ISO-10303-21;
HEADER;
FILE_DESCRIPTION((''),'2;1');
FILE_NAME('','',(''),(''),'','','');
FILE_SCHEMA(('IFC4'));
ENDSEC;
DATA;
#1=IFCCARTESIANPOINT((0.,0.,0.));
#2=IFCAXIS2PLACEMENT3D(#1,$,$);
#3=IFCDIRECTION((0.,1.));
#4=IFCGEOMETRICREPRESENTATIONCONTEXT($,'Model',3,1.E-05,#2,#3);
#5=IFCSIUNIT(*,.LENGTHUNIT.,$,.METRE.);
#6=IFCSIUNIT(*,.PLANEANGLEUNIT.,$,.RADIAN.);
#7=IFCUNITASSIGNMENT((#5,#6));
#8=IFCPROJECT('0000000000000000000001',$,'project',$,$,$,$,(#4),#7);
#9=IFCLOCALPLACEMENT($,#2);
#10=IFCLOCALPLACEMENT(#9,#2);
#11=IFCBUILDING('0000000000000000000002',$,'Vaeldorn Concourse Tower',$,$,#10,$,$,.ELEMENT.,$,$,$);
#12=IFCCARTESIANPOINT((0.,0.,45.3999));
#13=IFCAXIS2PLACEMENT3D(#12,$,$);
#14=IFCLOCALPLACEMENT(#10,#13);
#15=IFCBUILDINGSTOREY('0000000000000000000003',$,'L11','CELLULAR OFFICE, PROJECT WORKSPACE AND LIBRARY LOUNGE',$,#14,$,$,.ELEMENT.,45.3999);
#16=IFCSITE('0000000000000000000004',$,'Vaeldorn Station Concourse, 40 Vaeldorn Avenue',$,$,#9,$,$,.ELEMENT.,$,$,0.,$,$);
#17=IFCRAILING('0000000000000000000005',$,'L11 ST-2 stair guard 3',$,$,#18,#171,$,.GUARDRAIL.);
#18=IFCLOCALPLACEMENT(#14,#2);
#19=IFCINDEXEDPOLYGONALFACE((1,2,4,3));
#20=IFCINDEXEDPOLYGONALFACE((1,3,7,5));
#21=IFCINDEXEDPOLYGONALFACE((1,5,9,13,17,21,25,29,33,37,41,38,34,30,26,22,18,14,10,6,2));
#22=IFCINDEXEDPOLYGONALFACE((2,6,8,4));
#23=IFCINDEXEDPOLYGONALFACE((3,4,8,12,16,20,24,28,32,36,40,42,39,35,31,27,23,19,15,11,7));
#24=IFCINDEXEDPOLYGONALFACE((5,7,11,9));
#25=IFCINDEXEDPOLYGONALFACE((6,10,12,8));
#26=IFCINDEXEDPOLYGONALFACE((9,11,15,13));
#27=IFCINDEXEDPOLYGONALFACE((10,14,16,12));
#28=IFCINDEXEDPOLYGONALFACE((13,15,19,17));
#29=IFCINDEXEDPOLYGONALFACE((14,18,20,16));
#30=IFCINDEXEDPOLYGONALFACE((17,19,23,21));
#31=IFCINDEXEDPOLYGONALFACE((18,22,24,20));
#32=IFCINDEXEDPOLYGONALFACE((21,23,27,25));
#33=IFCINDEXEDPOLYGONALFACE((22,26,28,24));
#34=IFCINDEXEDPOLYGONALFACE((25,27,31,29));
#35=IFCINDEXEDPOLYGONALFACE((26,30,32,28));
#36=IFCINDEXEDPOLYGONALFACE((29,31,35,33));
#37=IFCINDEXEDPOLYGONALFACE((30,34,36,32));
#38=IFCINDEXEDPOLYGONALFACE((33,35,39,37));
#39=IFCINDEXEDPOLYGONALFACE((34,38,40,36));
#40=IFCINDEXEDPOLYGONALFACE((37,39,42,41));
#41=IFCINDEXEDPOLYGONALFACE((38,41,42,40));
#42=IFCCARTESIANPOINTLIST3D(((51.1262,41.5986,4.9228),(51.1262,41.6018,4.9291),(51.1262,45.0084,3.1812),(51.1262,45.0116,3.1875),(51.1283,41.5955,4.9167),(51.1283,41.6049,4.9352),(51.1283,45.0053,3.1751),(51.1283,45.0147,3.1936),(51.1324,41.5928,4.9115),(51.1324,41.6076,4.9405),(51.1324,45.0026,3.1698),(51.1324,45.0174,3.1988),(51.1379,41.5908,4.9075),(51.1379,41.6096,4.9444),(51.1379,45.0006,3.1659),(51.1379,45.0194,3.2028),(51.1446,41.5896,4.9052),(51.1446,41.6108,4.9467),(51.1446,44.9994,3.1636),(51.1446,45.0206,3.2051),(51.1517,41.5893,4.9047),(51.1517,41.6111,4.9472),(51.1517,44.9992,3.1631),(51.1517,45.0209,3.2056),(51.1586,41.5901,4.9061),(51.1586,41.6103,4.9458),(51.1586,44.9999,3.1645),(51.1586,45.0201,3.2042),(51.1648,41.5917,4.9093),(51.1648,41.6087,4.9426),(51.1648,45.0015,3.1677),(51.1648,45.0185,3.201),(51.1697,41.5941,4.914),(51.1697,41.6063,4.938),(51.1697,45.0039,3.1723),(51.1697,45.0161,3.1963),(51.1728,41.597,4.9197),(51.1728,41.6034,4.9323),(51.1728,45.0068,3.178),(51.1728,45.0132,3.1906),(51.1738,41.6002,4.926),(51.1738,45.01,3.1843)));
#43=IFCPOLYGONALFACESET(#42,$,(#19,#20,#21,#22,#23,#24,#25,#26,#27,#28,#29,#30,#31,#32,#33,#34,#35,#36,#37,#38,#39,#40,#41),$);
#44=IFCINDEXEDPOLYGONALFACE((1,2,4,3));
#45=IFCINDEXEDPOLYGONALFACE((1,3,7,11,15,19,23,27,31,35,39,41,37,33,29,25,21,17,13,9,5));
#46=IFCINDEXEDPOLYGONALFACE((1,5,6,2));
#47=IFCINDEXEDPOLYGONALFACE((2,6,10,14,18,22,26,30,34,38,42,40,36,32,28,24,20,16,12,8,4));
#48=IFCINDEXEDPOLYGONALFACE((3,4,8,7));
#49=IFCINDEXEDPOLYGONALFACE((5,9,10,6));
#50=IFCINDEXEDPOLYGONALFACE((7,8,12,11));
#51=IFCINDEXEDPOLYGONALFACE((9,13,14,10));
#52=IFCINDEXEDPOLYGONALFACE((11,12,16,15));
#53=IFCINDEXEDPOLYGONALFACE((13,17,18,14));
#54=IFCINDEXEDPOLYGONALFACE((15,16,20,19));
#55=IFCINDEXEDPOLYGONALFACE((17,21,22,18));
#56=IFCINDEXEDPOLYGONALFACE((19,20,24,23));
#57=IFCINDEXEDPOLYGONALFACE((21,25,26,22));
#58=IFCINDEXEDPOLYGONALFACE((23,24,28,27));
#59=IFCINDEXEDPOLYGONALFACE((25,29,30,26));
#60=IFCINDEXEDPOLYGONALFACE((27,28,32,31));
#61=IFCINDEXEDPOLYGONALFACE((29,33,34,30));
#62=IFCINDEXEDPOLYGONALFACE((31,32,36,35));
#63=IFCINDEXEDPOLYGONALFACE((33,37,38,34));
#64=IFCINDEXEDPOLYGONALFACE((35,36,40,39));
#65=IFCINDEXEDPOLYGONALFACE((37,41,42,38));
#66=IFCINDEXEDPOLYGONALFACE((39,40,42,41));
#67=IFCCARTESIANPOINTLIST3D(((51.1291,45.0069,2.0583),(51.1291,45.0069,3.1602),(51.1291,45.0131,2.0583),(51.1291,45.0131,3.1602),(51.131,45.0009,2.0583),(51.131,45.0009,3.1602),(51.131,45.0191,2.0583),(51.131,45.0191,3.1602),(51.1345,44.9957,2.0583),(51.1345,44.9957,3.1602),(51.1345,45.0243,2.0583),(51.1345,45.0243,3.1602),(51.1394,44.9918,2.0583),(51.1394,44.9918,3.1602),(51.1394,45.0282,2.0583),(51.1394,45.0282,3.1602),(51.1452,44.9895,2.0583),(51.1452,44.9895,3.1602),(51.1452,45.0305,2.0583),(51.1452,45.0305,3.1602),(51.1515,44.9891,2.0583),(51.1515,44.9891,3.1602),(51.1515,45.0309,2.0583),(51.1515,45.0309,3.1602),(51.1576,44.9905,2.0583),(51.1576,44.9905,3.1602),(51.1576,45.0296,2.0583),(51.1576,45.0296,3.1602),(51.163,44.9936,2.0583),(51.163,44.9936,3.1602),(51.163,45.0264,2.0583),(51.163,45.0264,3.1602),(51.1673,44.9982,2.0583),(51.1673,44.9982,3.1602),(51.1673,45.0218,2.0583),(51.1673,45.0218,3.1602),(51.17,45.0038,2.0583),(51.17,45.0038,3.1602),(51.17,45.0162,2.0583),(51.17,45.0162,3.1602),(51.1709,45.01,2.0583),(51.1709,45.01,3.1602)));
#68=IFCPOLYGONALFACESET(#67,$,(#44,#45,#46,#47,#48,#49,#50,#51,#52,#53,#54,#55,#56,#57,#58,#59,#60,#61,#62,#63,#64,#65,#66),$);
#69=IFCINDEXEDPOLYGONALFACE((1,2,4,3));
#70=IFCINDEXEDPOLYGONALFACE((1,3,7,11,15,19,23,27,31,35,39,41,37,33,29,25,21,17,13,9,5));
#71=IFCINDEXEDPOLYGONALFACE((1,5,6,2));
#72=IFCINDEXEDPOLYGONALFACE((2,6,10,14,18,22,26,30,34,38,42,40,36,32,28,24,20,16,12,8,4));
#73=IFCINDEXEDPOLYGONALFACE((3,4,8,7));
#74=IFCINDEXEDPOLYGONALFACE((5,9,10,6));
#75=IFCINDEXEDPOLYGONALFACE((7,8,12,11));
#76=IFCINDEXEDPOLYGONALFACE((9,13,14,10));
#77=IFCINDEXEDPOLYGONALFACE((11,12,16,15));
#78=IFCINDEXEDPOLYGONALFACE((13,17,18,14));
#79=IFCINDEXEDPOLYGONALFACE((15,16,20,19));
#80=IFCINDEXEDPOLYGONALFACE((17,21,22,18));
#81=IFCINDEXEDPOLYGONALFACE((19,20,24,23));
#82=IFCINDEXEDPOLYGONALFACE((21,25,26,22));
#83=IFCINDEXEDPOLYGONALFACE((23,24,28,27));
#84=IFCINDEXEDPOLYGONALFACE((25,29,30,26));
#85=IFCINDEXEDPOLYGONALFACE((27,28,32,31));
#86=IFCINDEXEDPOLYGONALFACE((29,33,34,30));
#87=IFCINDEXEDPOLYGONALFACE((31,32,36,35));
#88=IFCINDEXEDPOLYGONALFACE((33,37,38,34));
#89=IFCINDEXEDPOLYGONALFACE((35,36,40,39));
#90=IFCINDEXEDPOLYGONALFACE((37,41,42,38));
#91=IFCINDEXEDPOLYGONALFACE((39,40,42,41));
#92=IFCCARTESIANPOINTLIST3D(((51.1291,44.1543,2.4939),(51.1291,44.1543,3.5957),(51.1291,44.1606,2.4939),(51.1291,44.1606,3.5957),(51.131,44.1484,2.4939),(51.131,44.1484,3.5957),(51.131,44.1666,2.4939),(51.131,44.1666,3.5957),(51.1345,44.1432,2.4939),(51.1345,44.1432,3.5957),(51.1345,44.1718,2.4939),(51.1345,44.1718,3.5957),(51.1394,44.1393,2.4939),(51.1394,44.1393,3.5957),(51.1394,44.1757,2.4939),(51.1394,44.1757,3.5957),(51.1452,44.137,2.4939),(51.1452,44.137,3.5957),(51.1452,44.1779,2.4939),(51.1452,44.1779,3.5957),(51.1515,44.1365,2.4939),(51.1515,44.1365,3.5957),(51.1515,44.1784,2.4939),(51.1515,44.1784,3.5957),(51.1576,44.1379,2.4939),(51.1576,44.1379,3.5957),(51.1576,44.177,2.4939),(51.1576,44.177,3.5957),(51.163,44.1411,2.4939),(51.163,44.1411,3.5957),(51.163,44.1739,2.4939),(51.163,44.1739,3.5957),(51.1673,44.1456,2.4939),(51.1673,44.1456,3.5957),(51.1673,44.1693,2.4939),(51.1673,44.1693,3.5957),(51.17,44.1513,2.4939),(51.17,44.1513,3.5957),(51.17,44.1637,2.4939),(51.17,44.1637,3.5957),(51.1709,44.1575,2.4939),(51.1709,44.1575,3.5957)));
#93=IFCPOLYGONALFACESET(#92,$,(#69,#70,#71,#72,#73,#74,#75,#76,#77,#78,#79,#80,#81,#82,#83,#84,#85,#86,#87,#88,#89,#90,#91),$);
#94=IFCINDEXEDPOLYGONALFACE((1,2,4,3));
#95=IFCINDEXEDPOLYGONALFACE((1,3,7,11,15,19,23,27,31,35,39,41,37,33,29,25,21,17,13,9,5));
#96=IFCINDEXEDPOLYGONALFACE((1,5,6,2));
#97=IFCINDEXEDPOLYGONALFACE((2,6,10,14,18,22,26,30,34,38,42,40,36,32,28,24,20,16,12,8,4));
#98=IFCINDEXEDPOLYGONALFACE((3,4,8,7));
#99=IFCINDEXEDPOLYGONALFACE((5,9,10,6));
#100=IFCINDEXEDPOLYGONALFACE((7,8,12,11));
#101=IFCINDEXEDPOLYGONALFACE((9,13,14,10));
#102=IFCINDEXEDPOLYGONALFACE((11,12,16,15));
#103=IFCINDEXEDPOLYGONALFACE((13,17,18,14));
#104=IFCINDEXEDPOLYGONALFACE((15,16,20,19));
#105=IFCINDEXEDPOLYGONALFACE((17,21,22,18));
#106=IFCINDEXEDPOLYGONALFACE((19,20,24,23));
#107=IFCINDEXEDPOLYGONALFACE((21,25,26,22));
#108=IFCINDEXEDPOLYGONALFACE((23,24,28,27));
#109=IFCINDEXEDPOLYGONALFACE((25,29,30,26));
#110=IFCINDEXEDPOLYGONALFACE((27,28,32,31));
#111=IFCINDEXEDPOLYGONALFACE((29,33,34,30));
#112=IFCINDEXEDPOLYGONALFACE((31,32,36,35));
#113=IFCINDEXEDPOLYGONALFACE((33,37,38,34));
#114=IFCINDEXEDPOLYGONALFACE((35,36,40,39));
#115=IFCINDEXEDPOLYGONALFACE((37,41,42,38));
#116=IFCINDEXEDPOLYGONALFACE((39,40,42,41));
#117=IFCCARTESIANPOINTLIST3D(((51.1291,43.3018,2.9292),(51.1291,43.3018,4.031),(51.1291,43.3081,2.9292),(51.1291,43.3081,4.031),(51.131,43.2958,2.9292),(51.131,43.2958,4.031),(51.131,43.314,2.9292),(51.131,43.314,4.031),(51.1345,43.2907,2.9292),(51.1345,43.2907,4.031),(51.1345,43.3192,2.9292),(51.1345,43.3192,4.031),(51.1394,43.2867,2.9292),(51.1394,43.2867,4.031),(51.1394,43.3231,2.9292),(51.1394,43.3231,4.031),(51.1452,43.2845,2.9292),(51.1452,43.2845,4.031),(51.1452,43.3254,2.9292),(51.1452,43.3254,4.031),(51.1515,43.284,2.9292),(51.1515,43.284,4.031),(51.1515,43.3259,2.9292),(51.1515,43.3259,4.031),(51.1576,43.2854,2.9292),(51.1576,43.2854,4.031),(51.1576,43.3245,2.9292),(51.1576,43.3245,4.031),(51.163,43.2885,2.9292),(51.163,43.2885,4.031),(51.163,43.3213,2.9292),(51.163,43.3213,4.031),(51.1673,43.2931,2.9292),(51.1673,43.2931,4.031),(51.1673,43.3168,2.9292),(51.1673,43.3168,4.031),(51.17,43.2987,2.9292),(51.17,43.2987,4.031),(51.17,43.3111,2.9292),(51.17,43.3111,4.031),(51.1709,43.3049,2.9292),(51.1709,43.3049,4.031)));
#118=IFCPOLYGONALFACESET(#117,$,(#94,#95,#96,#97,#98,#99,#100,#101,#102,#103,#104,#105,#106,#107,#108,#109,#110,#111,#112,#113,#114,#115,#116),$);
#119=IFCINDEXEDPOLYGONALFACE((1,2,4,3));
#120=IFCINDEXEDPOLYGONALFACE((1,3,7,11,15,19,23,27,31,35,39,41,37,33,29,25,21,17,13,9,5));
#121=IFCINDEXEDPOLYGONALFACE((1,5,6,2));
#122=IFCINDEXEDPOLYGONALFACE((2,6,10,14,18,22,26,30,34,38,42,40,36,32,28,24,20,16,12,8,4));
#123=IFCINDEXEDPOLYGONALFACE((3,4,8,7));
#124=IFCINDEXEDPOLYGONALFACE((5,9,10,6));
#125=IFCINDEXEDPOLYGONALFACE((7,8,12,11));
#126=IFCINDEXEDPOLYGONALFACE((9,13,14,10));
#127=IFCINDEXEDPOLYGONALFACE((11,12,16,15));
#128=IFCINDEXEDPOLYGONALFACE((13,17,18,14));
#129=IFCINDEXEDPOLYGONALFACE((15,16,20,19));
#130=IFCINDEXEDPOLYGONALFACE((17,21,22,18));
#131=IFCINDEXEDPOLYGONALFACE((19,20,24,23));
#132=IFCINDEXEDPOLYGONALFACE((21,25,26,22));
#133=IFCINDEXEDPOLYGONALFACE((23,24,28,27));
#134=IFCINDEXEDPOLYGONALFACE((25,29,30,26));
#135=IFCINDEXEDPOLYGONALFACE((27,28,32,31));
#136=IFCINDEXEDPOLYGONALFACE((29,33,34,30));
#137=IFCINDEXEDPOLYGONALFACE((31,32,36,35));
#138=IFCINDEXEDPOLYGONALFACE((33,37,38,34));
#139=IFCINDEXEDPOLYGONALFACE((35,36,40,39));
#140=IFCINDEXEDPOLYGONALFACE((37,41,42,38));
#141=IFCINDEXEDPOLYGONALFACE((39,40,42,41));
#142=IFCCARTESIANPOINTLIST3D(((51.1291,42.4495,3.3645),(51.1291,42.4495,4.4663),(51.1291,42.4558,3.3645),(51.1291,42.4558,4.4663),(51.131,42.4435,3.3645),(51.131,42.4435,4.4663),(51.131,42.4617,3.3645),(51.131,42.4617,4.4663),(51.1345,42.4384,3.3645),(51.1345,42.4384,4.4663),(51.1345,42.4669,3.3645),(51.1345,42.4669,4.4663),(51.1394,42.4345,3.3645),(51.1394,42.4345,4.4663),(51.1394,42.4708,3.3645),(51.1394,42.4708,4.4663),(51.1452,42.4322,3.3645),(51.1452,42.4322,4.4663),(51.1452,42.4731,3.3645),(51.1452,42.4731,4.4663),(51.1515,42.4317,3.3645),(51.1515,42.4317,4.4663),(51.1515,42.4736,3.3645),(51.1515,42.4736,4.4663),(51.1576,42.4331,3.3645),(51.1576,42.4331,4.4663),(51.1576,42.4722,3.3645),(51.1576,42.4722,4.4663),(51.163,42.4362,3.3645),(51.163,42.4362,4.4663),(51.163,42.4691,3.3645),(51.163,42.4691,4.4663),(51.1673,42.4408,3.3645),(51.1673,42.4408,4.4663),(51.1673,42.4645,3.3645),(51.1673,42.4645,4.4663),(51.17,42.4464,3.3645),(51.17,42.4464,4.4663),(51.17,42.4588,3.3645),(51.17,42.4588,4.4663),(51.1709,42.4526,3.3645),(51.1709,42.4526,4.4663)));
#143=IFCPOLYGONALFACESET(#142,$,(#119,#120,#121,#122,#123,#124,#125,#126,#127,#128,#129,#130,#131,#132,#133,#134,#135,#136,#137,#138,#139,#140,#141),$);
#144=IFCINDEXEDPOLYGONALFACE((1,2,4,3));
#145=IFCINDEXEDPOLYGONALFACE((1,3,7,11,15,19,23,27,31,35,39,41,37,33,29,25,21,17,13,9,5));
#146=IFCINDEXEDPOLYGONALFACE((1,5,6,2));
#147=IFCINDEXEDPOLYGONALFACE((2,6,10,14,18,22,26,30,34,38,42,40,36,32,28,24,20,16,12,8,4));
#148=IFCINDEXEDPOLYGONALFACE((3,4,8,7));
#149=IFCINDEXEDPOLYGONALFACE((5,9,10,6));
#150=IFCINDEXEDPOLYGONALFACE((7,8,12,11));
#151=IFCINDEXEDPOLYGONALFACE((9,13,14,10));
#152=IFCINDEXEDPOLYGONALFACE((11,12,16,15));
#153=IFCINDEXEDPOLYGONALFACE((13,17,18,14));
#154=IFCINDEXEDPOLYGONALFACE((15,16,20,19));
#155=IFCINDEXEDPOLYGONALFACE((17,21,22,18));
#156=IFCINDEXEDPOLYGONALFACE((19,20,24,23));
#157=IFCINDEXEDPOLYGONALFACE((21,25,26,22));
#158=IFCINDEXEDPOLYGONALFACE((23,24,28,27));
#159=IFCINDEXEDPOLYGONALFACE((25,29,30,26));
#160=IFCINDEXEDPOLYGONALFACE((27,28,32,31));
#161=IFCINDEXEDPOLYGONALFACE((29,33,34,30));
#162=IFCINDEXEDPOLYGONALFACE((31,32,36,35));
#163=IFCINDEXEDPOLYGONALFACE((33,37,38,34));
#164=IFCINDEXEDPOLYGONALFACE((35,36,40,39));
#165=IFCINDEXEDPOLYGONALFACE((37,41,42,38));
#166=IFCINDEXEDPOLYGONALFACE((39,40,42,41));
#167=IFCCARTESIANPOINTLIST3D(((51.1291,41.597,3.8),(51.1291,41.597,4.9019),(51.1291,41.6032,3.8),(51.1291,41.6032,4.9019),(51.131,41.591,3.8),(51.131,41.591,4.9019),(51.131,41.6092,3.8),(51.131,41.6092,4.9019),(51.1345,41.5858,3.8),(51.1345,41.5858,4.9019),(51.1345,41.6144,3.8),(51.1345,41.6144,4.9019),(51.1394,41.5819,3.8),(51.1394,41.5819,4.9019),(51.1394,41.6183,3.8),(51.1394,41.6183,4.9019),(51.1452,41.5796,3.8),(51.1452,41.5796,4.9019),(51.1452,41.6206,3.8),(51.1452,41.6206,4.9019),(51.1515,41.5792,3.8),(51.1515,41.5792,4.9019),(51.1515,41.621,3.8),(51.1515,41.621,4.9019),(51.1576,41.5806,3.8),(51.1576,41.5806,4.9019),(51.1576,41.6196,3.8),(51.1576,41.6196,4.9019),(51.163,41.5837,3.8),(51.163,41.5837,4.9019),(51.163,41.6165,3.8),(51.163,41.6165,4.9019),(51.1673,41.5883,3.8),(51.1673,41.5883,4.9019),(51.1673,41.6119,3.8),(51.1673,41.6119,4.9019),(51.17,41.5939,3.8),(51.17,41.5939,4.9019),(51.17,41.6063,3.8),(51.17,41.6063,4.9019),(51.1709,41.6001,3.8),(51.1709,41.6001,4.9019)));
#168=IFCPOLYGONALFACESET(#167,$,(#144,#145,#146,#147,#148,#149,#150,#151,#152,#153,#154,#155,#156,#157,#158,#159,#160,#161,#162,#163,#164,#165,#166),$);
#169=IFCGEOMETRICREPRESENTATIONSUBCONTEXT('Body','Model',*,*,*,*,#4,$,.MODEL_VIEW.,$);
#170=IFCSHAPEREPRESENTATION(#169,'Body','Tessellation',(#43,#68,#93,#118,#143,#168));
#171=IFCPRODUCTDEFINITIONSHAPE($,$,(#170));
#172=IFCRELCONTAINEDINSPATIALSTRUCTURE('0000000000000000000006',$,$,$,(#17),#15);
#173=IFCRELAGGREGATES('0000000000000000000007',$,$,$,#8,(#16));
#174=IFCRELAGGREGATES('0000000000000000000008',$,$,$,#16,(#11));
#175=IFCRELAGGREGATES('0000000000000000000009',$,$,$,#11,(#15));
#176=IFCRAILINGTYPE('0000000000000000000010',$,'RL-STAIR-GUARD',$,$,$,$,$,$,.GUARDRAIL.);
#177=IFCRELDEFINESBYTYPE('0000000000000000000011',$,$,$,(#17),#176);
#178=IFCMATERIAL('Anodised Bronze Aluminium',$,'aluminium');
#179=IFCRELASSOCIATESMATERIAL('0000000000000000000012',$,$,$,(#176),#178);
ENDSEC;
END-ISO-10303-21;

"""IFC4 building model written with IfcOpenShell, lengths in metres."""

from ifc_helpers import new_model, si_unit, direction, frame, origin, origin_2d, place, context, subcontext, project, spatial, circle, extrude, material, type_object, element, save


model = new_model("IFC4")

# Units and contexts
model_context = context("Model", 3, precision=1e-05, world=origin(), true_north=direction((0.0, 1.0)))
body_context = subcontext(model_context, "Body", "Model", "MODEL_VIEW")
ifc_project = project(units=[si_unit("LENGTHUNIT", "METRE"), si_unit("PLANEANGLEUNIT", "RADIAN")], contexts=[model_context])

# Site, building, storey
site_placement = place(None, origin())
site = spatial("IfcSite", under=ifc_project, at=site_placement, Name="Vaeldorn Station Concourse, 40 Vaeldorn Avenue", CompositionType="ELEMENT", RefElevation=0.0)
building_placement = place(site_placement, origin())
building = spatial("IfcBuilding", under=site, at=building_placement, Name="Vaeldorn Concourse Tower", CompositionType="ELEMENT")
storey_placement = place(building_placement, frame((0.0, 0.0, 45.3999)))
storey = spatial("IfcBuildingStorey", under=building, at=storey_placement, Name="L11", Description="CELLULAR OFFICE, PROJECT WORKSPACE AND LIBRARY LOUNGE", CompositionType="ELEMENT", Elevation=45.3999)

# Shared definitions
ifc_material_1 = material(Name="Anodised Bronze Aluminium", Category="aluminium")

# Railing
railing_type_1 = type_object("IfcRailingType", Name="RL-STAIR-GUARD", PredefinedType="GUARDRAIL", material=ifc_material_1)
railing_1_placement = place(storey_placement, frame((51.1499, 45.01, 2.0583)))
element("IfcRailing", 1, at=railing_1_placement, inside=storey, type_object=railing_type_1, Name="L11 ST-2 stair guard 3", PredefinedType="GUARDRAIL", context=body_context, shape_type="SweptSolid", body=[
    extrude(circle(Radius=0.0239, at=origin_2d()), frame((0.0, 0.0, 1.126), z_axis=(0.0, -0.890556, 0.454874), x_axis=(1.0, 0.0, 0.0)), (0.0, 0.0, 1.0), 3.8289),
    extrude(circle(Radius=0.021, at=origin_2d()), origin(), (0.0, 0.0, 1.0), 1.1018),
    extrude(circle(Radius=0.021, at=origin_2d()), frame((0.0, -0.8525, 0.4355)), (0.0, 0.0, 1.0), 1.1018),
    extrude(circle(Radius=0.021, at=origin_2d()), frame((0.0, -1.7051, 0.8708)), (0.0, 0.0, 1.0), 1.1018),
    extrude(circle(Radius=0.021, at=origin_2d()), frame((0.0, -2.5574, 1.3062)), (0.0, 0.0, 1.0), 1.1018),
    extrude(circle(Radius=0.021, at=origin_2d()), frame((0.0, -3.4099, 1.7417)), (0.0, 0.0, 1.0), 1.1018),
])

save(model, "model.ifc")
